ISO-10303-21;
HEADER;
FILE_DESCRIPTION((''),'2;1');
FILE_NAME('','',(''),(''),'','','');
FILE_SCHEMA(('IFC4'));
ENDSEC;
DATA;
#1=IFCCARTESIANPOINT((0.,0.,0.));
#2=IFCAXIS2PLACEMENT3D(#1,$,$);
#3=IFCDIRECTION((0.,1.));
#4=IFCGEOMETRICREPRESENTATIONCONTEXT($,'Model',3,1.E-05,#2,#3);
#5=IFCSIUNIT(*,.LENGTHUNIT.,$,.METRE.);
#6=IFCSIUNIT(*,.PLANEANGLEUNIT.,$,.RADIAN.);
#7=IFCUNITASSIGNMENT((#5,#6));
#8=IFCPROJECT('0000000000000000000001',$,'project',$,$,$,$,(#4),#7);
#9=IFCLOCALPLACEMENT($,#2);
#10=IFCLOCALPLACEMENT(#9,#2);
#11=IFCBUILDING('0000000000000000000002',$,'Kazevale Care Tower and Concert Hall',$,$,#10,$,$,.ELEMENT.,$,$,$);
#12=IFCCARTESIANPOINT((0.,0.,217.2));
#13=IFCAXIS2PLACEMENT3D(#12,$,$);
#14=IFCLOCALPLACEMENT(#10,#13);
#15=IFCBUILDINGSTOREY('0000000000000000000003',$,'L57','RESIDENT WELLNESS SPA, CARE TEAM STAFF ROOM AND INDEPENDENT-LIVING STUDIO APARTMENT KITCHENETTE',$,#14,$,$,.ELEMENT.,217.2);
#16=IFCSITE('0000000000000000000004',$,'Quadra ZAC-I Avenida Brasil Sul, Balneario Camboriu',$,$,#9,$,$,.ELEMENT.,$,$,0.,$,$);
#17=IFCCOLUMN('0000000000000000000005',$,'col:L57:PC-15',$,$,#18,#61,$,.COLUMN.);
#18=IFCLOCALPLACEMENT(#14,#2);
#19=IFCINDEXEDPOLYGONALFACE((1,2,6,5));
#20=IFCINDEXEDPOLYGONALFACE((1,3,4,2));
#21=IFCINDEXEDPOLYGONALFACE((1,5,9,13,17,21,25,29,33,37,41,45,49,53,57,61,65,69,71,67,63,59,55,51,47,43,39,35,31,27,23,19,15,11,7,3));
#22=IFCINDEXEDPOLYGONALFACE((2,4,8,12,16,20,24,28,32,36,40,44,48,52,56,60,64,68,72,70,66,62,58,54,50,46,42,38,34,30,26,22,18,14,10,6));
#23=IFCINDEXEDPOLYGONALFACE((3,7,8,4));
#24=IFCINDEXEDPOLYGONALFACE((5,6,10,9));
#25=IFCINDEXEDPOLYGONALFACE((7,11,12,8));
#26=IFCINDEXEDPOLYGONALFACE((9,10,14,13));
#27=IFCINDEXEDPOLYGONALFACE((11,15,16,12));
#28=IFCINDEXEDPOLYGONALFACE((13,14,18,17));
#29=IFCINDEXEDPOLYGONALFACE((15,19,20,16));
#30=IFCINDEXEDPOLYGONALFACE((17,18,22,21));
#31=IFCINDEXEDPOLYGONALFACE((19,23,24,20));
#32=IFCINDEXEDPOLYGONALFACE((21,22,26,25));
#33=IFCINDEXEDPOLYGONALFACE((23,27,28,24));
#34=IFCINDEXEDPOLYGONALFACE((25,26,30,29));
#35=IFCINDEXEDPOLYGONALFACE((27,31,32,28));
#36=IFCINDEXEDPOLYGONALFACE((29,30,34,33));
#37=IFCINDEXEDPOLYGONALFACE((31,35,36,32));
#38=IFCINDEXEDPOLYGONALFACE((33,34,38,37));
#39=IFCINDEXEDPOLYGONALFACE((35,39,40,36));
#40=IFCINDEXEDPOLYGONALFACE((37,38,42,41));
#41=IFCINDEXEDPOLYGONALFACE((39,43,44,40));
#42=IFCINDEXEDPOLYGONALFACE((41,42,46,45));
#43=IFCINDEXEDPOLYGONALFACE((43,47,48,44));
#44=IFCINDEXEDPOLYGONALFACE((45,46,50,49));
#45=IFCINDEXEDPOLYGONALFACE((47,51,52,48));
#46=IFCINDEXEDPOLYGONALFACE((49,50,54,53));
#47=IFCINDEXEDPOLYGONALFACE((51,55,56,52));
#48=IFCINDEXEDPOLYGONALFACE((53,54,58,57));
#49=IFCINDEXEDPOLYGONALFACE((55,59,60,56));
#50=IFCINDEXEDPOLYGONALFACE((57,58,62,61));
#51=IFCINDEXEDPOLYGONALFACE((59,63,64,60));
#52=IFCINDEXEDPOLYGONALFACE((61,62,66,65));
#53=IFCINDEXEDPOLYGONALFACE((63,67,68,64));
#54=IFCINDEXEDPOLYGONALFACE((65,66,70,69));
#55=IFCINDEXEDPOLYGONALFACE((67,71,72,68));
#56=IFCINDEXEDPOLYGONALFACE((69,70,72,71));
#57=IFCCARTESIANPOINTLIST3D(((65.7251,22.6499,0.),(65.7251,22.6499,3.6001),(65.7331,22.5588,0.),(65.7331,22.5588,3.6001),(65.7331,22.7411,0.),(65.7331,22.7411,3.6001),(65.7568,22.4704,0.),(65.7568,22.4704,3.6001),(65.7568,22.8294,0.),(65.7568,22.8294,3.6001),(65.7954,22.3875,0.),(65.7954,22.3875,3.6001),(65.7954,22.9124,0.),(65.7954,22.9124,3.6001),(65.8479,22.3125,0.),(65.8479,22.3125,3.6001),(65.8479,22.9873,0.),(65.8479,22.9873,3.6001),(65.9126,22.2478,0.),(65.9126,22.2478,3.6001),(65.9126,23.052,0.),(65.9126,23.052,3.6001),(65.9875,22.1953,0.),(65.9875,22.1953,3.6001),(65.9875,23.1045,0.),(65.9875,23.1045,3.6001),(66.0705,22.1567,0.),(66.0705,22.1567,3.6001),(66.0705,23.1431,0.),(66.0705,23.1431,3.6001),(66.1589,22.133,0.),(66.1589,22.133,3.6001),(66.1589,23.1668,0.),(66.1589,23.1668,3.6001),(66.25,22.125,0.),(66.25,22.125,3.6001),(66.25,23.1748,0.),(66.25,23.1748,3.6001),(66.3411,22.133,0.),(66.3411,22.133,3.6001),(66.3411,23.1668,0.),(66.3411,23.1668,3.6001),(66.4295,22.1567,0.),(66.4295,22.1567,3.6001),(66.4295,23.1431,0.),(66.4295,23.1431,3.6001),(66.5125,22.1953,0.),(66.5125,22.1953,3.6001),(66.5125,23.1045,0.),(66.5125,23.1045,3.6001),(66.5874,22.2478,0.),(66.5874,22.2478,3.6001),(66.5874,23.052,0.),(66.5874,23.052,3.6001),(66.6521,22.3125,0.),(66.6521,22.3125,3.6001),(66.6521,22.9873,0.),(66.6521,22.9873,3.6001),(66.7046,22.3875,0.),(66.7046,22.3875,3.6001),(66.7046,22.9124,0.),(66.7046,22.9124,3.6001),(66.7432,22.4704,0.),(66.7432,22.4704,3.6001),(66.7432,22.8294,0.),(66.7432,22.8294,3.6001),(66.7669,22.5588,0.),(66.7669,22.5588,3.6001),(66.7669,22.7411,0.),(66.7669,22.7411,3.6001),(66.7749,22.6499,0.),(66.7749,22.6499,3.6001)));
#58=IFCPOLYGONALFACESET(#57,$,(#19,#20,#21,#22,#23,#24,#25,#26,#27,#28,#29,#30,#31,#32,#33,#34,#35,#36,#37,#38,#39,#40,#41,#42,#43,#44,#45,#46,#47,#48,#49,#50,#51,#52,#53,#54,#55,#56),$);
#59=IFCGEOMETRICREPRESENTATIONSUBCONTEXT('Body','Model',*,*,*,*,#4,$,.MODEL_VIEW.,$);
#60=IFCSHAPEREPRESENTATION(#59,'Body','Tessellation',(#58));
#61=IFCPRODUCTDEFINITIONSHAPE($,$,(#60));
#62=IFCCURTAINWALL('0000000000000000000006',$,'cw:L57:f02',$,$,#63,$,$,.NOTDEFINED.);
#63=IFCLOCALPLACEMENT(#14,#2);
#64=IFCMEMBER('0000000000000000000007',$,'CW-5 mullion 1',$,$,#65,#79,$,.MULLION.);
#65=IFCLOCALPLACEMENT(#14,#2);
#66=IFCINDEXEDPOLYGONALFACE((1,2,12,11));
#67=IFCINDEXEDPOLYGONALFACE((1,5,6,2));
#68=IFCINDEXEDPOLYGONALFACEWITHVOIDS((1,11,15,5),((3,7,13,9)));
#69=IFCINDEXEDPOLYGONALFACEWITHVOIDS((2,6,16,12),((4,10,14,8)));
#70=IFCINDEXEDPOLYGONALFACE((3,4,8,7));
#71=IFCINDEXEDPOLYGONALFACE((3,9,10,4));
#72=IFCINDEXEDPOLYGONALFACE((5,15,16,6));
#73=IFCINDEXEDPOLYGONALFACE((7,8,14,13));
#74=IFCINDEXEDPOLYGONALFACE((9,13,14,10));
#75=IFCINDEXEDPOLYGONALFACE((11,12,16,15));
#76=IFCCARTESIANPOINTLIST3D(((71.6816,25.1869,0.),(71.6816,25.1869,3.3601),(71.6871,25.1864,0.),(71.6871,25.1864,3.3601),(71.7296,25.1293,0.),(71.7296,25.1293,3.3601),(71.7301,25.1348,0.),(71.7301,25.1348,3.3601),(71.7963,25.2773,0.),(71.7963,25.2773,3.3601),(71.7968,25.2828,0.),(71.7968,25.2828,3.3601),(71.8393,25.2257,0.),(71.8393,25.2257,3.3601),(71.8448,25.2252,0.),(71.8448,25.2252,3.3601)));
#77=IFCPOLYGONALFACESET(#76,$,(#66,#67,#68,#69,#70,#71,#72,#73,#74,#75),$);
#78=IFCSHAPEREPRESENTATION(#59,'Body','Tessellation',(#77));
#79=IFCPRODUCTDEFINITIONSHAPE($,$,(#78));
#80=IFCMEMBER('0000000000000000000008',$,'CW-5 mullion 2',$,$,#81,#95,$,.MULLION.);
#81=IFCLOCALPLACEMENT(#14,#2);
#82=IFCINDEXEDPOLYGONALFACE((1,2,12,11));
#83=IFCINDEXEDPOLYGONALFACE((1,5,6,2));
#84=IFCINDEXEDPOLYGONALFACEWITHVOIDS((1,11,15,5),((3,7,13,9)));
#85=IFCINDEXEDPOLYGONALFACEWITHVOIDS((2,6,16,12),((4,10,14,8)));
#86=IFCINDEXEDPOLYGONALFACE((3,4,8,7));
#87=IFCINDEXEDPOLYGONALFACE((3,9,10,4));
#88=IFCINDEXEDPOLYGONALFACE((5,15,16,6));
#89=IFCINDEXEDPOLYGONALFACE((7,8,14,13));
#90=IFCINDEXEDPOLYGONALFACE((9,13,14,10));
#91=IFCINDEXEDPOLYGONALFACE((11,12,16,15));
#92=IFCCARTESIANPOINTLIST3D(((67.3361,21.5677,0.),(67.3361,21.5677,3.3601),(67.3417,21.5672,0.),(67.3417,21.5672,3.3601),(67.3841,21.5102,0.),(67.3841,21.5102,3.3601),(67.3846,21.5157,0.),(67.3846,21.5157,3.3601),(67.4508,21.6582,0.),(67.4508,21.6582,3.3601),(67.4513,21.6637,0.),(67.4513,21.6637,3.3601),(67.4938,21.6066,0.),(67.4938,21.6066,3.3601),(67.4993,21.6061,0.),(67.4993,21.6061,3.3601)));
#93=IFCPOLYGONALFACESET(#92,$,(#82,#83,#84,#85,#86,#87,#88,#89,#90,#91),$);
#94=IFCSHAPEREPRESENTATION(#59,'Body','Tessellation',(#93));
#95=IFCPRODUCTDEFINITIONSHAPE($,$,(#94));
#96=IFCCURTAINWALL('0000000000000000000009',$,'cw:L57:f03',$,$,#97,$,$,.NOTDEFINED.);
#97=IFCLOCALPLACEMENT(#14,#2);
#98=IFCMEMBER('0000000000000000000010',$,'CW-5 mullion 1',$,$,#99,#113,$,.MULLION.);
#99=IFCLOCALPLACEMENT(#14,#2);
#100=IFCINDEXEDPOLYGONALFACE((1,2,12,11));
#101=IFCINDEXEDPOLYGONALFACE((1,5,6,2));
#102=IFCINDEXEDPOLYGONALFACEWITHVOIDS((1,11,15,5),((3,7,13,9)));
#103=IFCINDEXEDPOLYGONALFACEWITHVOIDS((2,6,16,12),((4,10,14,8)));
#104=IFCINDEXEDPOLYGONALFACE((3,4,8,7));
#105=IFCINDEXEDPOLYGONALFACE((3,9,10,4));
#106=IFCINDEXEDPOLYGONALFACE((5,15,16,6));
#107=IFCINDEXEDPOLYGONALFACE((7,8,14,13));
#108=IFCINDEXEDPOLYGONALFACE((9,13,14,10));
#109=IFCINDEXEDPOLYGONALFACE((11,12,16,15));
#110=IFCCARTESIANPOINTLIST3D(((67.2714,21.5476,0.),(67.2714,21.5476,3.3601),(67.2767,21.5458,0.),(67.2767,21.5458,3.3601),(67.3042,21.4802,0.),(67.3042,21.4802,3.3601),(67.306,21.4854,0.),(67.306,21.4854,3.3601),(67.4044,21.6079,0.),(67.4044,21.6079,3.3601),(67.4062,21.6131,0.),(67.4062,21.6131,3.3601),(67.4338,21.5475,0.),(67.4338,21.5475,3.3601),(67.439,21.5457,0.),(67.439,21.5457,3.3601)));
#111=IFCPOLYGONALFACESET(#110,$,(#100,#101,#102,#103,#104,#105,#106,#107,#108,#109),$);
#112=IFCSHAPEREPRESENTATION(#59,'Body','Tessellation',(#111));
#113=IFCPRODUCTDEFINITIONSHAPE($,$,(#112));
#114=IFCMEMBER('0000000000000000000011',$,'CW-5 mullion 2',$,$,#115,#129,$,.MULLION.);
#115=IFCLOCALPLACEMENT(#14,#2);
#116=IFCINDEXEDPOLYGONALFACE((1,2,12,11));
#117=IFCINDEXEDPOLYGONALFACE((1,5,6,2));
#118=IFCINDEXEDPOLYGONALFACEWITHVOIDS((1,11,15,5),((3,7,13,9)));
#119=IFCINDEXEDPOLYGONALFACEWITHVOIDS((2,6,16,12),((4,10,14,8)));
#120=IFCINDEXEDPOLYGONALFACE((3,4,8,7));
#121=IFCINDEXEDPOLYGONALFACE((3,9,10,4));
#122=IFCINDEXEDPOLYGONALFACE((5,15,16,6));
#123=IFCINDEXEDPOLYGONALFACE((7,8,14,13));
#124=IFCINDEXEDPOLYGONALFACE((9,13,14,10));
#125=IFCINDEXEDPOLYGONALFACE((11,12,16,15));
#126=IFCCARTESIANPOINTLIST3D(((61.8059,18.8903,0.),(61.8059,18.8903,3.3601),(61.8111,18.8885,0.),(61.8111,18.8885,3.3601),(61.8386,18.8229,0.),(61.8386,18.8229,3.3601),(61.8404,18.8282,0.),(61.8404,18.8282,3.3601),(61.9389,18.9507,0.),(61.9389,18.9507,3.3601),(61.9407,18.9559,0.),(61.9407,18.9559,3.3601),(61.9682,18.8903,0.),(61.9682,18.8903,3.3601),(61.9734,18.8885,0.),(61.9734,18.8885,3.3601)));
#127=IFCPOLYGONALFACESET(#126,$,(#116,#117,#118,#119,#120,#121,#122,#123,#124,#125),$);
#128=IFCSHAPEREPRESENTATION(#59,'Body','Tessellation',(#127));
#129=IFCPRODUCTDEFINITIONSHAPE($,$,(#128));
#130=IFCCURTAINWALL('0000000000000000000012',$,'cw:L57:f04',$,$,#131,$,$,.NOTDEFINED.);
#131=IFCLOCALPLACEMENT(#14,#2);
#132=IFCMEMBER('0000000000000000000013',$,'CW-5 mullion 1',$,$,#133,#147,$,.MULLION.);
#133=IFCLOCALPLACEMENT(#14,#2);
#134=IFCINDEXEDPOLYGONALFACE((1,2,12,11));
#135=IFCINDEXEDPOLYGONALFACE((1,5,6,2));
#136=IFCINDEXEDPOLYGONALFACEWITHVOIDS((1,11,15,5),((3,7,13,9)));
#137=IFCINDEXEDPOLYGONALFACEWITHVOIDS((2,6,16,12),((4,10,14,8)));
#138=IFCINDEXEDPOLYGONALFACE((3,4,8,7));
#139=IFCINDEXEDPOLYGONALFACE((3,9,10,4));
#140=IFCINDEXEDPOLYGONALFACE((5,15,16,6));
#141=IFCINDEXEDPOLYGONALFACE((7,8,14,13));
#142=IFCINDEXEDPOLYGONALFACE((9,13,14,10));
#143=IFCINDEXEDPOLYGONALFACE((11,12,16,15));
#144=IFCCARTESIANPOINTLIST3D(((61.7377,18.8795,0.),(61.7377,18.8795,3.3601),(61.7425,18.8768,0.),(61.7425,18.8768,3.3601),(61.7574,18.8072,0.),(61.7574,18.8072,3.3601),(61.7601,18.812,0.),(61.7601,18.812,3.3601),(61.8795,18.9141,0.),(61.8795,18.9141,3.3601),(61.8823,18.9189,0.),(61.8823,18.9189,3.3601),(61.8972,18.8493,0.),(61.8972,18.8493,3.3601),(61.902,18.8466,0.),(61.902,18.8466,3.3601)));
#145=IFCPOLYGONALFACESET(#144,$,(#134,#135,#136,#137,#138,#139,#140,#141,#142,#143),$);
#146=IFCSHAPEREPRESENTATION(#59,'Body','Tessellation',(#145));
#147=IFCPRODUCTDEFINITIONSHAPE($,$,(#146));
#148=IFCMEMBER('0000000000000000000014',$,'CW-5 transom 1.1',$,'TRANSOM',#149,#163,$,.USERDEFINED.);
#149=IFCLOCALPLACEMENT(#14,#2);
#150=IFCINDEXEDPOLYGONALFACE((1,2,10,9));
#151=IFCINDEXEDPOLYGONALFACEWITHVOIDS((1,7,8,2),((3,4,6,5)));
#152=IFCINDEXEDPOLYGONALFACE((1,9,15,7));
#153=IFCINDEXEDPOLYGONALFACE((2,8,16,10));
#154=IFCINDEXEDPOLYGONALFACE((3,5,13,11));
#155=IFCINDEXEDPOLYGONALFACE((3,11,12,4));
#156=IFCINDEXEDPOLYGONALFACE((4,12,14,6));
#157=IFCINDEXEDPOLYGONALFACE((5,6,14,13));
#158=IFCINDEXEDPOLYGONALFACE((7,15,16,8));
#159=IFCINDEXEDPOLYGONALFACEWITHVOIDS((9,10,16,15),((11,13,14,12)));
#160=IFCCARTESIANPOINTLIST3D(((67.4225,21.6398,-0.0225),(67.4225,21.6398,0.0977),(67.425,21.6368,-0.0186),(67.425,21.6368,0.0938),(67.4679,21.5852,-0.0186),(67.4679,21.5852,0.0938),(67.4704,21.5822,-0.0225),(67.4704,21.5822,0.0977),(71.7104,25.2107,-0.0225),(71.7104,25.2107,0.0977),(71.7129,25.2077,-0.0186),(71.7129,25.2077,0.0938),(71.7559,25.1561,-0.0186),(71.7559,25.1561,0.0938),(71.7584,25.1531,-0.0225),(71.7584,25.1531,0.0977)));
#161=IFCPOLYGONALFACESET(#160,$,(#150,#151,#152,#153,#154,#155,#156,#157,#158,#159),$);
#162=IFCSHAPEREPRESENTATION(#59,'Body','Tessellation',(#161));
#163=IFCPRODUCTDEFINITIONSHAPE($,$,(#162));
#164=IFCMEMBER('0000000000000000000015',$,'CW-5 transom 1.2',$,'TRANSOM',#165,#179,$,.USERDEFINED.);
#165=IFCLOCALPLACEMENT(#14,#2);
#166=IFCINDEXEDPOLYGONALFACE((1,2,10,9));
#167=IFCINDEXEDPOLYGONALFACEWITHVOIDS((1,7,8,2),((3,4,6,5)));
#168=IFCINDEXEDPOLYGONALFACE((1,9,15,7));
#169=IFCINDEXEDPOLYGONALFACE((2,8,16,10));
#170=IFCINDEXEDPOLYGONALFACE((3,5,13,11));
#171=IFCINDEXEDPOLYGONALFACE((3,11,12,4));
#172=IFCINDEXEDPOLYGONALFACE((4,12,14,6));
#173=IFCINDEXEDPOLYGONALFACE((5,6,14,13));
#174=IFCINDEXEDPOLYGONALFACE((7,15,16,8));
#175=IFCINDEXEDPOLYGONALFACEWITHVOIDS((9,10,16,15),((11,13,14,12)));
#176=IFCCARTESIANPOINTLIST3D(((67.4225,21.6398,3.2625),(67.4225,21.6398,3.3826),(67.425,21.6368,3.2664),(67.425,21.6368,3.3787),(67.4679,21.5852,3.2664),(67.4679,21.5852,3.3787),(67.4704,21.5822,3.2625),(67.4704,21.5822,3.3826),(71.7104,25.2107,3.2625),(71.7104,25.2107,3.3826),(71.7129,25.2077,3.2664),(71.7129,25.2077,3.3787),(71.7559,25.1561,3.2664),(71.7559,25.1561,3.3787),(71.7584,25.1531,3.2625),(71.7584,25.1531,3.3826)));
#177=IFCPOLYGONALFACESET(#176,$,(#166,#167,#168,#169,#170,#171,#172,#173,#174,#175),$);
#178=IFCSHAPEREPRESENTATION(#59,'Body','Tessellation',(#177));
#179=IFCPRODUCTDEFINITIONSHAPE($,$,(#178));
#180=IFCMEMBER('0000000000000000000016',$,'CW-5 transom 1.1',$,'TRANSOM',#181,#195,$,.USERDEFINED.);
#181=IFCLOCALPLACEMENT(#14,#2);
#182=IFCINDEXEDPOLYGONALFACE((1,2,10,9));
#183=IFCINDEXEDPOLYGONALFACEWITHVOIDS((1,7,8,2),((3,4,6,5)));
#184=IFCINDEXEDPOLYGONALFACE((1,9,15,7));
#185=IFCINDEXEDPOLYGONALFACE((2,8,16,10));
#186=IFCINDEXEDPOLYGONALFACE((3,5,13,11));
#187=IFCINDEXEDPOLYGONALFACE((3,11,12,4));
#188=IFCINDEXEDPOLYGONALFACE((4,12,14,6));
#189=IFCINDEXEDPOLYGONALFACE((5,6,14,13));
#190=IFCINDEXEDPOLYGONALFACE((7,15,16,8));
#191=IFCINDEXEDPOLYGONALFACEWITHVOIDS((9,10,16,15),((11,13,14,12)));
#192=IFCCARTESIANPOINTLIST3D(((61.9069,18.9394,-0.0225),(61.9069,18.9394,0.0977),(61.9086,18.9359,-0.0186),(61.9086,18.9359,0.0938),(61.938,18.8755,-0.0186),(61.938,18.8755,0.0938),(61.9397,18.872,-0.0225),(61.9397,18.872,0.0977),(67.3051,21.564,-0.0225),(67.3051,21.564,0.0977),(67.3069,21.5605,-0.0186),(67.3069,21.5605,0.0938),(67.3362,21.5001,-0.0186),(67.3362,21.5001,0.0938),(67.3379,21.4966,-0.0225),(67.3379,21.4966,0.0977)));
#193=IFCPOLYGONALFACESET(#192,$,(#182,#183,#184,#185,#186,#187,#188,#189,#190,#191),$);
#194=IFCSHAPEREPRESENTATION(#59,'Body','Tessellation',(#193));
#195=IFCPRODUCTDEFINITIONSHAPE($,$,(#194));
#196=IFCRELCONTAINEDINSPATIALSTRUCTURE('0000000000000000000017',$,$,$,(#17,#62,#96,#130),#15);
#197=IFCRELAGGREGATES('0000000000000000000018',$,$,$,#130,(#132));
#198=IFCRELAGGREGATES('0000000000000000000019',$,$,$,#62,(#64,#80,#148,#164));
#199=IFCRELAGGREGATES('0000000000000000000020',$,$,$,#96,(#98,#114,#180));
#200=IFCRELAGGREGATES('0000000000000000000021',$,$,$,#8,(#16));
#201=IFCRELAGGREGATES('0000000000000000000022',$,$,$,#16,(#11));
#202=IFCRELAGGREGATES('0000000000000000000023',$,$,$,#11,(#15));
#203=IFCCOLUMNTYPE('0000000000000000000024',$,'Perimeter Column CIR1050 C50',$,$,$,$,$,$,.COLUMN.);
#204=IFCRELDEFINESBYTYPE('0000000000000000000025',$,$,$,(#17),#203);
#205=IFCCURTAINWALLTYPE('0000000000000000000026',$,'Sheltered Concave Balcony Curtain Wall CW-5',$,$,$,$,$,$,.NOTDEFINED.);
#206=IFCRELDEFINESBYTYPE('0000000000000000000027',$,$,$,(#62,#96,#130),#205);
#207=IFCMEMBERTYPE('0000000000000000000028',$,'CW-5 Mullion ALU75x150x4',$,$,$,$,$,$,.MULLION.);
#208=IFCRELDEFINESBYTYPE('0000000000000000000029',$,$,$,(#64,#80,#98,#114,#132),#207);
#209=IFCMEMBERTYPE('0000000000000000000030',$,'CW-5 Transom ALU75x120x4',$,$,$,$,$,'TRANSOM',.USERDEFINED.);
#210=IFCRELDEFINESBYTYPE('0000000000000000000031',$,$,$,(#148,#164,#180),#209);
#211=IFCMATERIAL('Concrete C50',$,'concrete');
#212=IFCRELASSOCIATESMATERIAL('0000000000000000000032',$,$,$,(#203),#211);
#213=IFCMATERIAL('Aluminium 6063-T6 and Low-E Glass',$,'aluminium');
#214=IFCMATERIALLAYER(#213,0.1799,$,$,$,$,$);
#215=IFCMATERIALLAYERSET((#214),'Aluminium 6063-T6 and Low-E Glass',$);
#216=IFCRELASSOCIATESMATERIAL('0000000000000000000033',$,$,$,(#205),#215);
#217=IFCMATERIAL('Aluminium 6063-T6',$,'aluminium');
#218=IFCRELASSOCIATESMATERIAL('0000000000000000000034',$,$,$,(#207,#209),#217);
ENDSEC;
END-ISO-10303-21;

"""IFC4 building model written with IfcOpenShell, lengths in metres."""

from ifc_helpers import new_model, si_unit, direction, frame, origin, origin_2d, place, context, subcontext, project, spatial, hollow_rectangle, circle, extrude, material, layer, layer_set, material_profile, profile_set, type_object, element, aggregate, save


model = new_model("IFC4")

# Units and contexts
model_context = context("Model", 3, precision=1e-05, world=origin(), true_north=direction((0.0, 1.0)))
body_context = subcontext(model_context, "Body", "Model", "MODEL_VIEW")
ifc_project = project(units=[si_unit("LENGTHUNIT", "METRE"), si_unit("PLANEANGLEUNIT", "RADIAN")], contexts=[model_context])

# Site, building, storey
site_placement = place(None, origin())
site = spatial("IfcSite", under=ifc_project, at=site_placement, Name="Quadra ZAC-I Avenida Brasil Sul, Balneario Camboriu", CompositionType="ELEMENT", RefElevation=0.0)
building_placement = place(site_placement, origin())
building = spatial("IfcBuilding", under=site, at=building_placement, Name="Kazevale Care Tower and Concert Hall", CompositionType="ELEMENT")
storey_placement = place(building_placement, frame((0.0, 0.0, 217.2)))
storey = spatial("IfcBuildingStorey", under=building, at=storey_placement, Name="L57", Description="RESIDENT WELLNESS SPA, CARE TEAM STAFF ROOM AND INDEPENDENT-LIVING STUDIO APARTMENT KITCHENETTE", CompositionType="ELEMENT", Elevation=217.2)

# Column
ifc_material_1 = material(Name="Concrete C50", Category="concrete")
ifc_material_profile_1 = material_profile(ifc_material_1, circle(Radius=0.5249, at=origin_2d()), Name="RC-CIR1050")
ifc_profile_set_1 = profile_set([ifc_material_profile_1], Name="Concrete C50")
column_type = type_object("IfcColumnType", Name="Perimeter Column CIR1050 C50", PredefinedType="COLUMN", material=ifc_profile_set_1)
column_placement = place(storey_placement, frame((66.25, 22.6499, 0.0), z_axis=(0.0, 0.0, 1.0), x_axis=(1.0, 0.0, 0.0)))
element("IfcColumn", 1, at=column_placement, inside=storey, type_object=column_type, Name="col:L57:PC-15", PredefinedType="COLUMN", context=body_context, shape_type="SweptSolid", body=[
    extrude(circle(Radius=0.5249, at=origin_2d()), origin(), (0.0, 0.0, 1.0), 3.6001),
])

# Curtain walls, members
ifc_material_2 = material(Name="Aluminium 6063-T6 and Low-E Glass", Category="aluminium")
ifc_layer_1 = layer(ifc_material_2, 0.1799)
ifc_layer_set_1 = layer_set([ifc_layer_1], Name="Aluminium 6063-T6 and Low-E Glass")
curtain_wall_type = type_object("IfcCurtainWallType", Name="Sheltered Concave Balcony Curtain Wall CW-5", PredefinedType="NOTDEFINED", material=ifc_layer_set_1)
curtain_wall_1_placement = place(storey_placement, origin())
curtain_wall_1 = element("IfcCurtainWall", 2, at=curtain_wall_1_placement, inside=storey, type_object=curtain_wall_type, Name="cw:L57:f02", PredefinedType="NOTDEFINED")
ifc_material_3 = material(Name="Aluminium 6063-T6", Category="aluminium")
ifc_material_profile_2 = material_profile(ifc_material_3, hollow_rectangle(XDim=0.075, YDim=0.1499, WallThickness=0.0039, at=origin_2d()), Name="ALU75x150x4")
ifc_profile_set_2 = profile_set([ifc_material_profile_2], Name="Aluminium 6063-T6")
member_type_1 = type_object("IfcMemberType", Name="CW-5 Mullion ALU75x150x4", PredefinedType="MULLION", material=ifc_profile_set_2)
member_1_placement = place(storey_placement, frame((71.7632, 25.2061, 0.0), z_axis=(0.0, 0.0, 1.0), x_axis=(0.639961, -0.768407, 0.0)))
member_1 = element("IfcMember", 3, at=member_1_placement, type_object=member_type_1, Name="CW-5 mullion 1", PredefinedType="MULLION", context=body_context, shape_type="SweptSolid", body=[
    extrude(hollow_rectangle(XDim=0.075, YDim=0.1499, WallThickness=0.0039, at=origin_2d()), origin(), (0.0, 0.0, 1.0), 3.3601),
])
member_2_placement = place(storey_placement, frame((67.4177, 21.5869, 0.0), z_axis=(0.0, 0.0, 1.0), x_axis=(0.639961, -0.768407, 0.0)))
member_2 = element("IfcMember", 4, at=member_2_placement, type_object=member_type_1, Name="CW-5 mullion 2", PredefinedType="MULLION", context=body_context, shape_type="SweptSolid", body=[
    extrude(hollow_rectangle(XDim=0.075, YDim=0.1499, WallThickness=0.0039, at=origin_2d()), origin(), (0.0, 0.0, 1.0), 3.3601),
])
curtain_wall_2_placement = place(storey_placement, origin())
curtain_wall_2 = element("IfcCurtainWall", 5, at=curtain_wall_2_placement, inside=storey, type_object=curtain_wall_type, Name="cw:L57:f03", PredefinedType="NOTDEFINED")
member_3_placement = place(storey_placement, frame((67.3552, 21.5466, 0.0), z_axis=(0.0, 0.0, 1.0), x_axis=(0.437238, -0.899346, 0.0)))
member_3 = element("IfcMember", 6, at=member_3_placement, type_object=member_type_1, Name="CW-5 mullion 1", PredefinedType="MULLION", context=body_context, shape_type="SweptSolid", body=[
    extrude(hollow_rectangle(XDim=0.075, YDim=0.1499, WallThickness=0.0039, at=origin_2d()), origin(), (0.0, 0.0, 1.0), 3.3601),
])
member_4_placement = place(storey_placement, frame((61.8896, 18.8894, 0.0), z_axis=(0.0, 0.0, 1.0), x_axis=(0.437238, -0.899346, 0.0)))
member_4 = element("IfcMember", 7, at=member_4_placement, type_object=member_type_1, Name="CW-5 mullion 2", PredefinedType="MULLION", context=body_context, shape_type="SweptSolid", body=[
    extrude(hollow_rectangle(XDim=0.075, YDim=0.1499, WallThickness=0.0039, at=origin_2d()), origin(), (0.0, 0.0, 1.0), 3.3601),
])

# Curtain wall, member
curtain_wall_3_placement = place(storey_placement, origin())
curtain_wall_3 = element("IfcCurtainWall", 8, at=curtain_wall_3_placement, inside=storey, type_object=curtain_wall_type, Name="cw:L57:f04", PredefinedType="NOTDEFINED")
member_5_placement = place(storey_placement, frame((61.8198, 18.863, 0.0), z_axis=(0.0, 0.0, 1.0), x_axis=(0.262849, -0.964837, 0.0)))
member_5 = element("IfcMember", 9, at=member_5_placement, type_object=member_type_1, Name="CW-5 mullion 1", PredefinedType="MULLION", context=body_context, shape_type="SweptSolid", body=[
    extrude(hollow_rectangle(XDim=0.075, YDim=0.1499, WallThickness=0.0039, at=origin_2d()), origin(), (0.0, 0.0, 1.0), 3.3601),
])

# Members
ifc_material_profile_3 = material_profile(ifc_material_3, hollow_rectangle(XDim=0.075, YDim=0.1201, WallThickness=0.0039, at=origin_2d()), Name="ALU75x120x4")
ifc_profile_set_3 = profile_set([ifc_material_profile_3], Name="Aluminium 6063-T6")
member_type_2 = type_object("IfcMemberType", Name="CW-5 Transom ALU75x120x4", ElementType="TRANSOM", PredefinedType="USERDEFINED", material=ifc_profile_set_3)
member_6_placement = place(storey_placement, frame((71.7344, 25.1819, 0.0376), z_axis=(-0.768433, -0.63993, 0.0), x_axis=(0.63993, -0.768433, 0.0)))
member_6 = element("IfcMember", 10, at=member_6_placement, type_object=member_type_2, Name="CW-5 transom 1.1", ObjectType="TRANSOM", PredefinedType="USERDEFINED", context=body_context, shape_type="SweptSolid", body=[
    extrude(hollow_rectangle(XDim=0.075, YDim=0.1201, WallThickness=0.0039, at=origin_2d()), origin(), (0.0, 0.0, 1.0), 5.5801),
])
member_7_placement = place(storey_placement, frame((71.7344, 25.1819, 3.3225), z_axis=(-0.768433, -0.63993, 0.0), x_axis=(0.63993, -0.768433, 0.0)))
member_7 = element("IfcMember", 11, at=member_7_placement, type_object=member_type_2, Name="CW-5 transom 1.2", ObjectType="TRANSOM", PredefinedType="USERDEFINED", context=body_context, shape_type="SweptSolid", body=[
    extrude(hollow_rectangle(XDim=0.075, YDim=0.1201, WallThickness=0.0039, at=origin_2d()), origin(), (0.0, 0.0, 1.0), 5.5801),
])
member_8_placement = place(storey_placement, frame((67.3215, 21.5303, 0.0376), z_axis=(-0.899342, -0.437245, 0.0), x_axis=(0.437245, -0.899342, 0.0)))
member_8 = element("IfcMember", 12, at=member_8_placement, type_object=member_type_2, Name="CW-5 transom 1.1", ObjectType="TRANSOM", PredefinedType="USERDEFINED", context=body_context, shape_type="SweptSolid", body=[
    extrude(hollow_rectangle(XDim=0.075, YDim=0.1201, WallThickness=0.0039, at=origin_2d()), origin(), (0.0, 0.0, 1.0), 6.0024),
])
aggregate(curtain_wall_3, [member_5])

aggregate(curtain_wall_1, [member_1, member_2, member_6, member_7])
aggregate(curtain_wall_2, [member_3, member_4, member_8])

save(model, "model.ifc")
